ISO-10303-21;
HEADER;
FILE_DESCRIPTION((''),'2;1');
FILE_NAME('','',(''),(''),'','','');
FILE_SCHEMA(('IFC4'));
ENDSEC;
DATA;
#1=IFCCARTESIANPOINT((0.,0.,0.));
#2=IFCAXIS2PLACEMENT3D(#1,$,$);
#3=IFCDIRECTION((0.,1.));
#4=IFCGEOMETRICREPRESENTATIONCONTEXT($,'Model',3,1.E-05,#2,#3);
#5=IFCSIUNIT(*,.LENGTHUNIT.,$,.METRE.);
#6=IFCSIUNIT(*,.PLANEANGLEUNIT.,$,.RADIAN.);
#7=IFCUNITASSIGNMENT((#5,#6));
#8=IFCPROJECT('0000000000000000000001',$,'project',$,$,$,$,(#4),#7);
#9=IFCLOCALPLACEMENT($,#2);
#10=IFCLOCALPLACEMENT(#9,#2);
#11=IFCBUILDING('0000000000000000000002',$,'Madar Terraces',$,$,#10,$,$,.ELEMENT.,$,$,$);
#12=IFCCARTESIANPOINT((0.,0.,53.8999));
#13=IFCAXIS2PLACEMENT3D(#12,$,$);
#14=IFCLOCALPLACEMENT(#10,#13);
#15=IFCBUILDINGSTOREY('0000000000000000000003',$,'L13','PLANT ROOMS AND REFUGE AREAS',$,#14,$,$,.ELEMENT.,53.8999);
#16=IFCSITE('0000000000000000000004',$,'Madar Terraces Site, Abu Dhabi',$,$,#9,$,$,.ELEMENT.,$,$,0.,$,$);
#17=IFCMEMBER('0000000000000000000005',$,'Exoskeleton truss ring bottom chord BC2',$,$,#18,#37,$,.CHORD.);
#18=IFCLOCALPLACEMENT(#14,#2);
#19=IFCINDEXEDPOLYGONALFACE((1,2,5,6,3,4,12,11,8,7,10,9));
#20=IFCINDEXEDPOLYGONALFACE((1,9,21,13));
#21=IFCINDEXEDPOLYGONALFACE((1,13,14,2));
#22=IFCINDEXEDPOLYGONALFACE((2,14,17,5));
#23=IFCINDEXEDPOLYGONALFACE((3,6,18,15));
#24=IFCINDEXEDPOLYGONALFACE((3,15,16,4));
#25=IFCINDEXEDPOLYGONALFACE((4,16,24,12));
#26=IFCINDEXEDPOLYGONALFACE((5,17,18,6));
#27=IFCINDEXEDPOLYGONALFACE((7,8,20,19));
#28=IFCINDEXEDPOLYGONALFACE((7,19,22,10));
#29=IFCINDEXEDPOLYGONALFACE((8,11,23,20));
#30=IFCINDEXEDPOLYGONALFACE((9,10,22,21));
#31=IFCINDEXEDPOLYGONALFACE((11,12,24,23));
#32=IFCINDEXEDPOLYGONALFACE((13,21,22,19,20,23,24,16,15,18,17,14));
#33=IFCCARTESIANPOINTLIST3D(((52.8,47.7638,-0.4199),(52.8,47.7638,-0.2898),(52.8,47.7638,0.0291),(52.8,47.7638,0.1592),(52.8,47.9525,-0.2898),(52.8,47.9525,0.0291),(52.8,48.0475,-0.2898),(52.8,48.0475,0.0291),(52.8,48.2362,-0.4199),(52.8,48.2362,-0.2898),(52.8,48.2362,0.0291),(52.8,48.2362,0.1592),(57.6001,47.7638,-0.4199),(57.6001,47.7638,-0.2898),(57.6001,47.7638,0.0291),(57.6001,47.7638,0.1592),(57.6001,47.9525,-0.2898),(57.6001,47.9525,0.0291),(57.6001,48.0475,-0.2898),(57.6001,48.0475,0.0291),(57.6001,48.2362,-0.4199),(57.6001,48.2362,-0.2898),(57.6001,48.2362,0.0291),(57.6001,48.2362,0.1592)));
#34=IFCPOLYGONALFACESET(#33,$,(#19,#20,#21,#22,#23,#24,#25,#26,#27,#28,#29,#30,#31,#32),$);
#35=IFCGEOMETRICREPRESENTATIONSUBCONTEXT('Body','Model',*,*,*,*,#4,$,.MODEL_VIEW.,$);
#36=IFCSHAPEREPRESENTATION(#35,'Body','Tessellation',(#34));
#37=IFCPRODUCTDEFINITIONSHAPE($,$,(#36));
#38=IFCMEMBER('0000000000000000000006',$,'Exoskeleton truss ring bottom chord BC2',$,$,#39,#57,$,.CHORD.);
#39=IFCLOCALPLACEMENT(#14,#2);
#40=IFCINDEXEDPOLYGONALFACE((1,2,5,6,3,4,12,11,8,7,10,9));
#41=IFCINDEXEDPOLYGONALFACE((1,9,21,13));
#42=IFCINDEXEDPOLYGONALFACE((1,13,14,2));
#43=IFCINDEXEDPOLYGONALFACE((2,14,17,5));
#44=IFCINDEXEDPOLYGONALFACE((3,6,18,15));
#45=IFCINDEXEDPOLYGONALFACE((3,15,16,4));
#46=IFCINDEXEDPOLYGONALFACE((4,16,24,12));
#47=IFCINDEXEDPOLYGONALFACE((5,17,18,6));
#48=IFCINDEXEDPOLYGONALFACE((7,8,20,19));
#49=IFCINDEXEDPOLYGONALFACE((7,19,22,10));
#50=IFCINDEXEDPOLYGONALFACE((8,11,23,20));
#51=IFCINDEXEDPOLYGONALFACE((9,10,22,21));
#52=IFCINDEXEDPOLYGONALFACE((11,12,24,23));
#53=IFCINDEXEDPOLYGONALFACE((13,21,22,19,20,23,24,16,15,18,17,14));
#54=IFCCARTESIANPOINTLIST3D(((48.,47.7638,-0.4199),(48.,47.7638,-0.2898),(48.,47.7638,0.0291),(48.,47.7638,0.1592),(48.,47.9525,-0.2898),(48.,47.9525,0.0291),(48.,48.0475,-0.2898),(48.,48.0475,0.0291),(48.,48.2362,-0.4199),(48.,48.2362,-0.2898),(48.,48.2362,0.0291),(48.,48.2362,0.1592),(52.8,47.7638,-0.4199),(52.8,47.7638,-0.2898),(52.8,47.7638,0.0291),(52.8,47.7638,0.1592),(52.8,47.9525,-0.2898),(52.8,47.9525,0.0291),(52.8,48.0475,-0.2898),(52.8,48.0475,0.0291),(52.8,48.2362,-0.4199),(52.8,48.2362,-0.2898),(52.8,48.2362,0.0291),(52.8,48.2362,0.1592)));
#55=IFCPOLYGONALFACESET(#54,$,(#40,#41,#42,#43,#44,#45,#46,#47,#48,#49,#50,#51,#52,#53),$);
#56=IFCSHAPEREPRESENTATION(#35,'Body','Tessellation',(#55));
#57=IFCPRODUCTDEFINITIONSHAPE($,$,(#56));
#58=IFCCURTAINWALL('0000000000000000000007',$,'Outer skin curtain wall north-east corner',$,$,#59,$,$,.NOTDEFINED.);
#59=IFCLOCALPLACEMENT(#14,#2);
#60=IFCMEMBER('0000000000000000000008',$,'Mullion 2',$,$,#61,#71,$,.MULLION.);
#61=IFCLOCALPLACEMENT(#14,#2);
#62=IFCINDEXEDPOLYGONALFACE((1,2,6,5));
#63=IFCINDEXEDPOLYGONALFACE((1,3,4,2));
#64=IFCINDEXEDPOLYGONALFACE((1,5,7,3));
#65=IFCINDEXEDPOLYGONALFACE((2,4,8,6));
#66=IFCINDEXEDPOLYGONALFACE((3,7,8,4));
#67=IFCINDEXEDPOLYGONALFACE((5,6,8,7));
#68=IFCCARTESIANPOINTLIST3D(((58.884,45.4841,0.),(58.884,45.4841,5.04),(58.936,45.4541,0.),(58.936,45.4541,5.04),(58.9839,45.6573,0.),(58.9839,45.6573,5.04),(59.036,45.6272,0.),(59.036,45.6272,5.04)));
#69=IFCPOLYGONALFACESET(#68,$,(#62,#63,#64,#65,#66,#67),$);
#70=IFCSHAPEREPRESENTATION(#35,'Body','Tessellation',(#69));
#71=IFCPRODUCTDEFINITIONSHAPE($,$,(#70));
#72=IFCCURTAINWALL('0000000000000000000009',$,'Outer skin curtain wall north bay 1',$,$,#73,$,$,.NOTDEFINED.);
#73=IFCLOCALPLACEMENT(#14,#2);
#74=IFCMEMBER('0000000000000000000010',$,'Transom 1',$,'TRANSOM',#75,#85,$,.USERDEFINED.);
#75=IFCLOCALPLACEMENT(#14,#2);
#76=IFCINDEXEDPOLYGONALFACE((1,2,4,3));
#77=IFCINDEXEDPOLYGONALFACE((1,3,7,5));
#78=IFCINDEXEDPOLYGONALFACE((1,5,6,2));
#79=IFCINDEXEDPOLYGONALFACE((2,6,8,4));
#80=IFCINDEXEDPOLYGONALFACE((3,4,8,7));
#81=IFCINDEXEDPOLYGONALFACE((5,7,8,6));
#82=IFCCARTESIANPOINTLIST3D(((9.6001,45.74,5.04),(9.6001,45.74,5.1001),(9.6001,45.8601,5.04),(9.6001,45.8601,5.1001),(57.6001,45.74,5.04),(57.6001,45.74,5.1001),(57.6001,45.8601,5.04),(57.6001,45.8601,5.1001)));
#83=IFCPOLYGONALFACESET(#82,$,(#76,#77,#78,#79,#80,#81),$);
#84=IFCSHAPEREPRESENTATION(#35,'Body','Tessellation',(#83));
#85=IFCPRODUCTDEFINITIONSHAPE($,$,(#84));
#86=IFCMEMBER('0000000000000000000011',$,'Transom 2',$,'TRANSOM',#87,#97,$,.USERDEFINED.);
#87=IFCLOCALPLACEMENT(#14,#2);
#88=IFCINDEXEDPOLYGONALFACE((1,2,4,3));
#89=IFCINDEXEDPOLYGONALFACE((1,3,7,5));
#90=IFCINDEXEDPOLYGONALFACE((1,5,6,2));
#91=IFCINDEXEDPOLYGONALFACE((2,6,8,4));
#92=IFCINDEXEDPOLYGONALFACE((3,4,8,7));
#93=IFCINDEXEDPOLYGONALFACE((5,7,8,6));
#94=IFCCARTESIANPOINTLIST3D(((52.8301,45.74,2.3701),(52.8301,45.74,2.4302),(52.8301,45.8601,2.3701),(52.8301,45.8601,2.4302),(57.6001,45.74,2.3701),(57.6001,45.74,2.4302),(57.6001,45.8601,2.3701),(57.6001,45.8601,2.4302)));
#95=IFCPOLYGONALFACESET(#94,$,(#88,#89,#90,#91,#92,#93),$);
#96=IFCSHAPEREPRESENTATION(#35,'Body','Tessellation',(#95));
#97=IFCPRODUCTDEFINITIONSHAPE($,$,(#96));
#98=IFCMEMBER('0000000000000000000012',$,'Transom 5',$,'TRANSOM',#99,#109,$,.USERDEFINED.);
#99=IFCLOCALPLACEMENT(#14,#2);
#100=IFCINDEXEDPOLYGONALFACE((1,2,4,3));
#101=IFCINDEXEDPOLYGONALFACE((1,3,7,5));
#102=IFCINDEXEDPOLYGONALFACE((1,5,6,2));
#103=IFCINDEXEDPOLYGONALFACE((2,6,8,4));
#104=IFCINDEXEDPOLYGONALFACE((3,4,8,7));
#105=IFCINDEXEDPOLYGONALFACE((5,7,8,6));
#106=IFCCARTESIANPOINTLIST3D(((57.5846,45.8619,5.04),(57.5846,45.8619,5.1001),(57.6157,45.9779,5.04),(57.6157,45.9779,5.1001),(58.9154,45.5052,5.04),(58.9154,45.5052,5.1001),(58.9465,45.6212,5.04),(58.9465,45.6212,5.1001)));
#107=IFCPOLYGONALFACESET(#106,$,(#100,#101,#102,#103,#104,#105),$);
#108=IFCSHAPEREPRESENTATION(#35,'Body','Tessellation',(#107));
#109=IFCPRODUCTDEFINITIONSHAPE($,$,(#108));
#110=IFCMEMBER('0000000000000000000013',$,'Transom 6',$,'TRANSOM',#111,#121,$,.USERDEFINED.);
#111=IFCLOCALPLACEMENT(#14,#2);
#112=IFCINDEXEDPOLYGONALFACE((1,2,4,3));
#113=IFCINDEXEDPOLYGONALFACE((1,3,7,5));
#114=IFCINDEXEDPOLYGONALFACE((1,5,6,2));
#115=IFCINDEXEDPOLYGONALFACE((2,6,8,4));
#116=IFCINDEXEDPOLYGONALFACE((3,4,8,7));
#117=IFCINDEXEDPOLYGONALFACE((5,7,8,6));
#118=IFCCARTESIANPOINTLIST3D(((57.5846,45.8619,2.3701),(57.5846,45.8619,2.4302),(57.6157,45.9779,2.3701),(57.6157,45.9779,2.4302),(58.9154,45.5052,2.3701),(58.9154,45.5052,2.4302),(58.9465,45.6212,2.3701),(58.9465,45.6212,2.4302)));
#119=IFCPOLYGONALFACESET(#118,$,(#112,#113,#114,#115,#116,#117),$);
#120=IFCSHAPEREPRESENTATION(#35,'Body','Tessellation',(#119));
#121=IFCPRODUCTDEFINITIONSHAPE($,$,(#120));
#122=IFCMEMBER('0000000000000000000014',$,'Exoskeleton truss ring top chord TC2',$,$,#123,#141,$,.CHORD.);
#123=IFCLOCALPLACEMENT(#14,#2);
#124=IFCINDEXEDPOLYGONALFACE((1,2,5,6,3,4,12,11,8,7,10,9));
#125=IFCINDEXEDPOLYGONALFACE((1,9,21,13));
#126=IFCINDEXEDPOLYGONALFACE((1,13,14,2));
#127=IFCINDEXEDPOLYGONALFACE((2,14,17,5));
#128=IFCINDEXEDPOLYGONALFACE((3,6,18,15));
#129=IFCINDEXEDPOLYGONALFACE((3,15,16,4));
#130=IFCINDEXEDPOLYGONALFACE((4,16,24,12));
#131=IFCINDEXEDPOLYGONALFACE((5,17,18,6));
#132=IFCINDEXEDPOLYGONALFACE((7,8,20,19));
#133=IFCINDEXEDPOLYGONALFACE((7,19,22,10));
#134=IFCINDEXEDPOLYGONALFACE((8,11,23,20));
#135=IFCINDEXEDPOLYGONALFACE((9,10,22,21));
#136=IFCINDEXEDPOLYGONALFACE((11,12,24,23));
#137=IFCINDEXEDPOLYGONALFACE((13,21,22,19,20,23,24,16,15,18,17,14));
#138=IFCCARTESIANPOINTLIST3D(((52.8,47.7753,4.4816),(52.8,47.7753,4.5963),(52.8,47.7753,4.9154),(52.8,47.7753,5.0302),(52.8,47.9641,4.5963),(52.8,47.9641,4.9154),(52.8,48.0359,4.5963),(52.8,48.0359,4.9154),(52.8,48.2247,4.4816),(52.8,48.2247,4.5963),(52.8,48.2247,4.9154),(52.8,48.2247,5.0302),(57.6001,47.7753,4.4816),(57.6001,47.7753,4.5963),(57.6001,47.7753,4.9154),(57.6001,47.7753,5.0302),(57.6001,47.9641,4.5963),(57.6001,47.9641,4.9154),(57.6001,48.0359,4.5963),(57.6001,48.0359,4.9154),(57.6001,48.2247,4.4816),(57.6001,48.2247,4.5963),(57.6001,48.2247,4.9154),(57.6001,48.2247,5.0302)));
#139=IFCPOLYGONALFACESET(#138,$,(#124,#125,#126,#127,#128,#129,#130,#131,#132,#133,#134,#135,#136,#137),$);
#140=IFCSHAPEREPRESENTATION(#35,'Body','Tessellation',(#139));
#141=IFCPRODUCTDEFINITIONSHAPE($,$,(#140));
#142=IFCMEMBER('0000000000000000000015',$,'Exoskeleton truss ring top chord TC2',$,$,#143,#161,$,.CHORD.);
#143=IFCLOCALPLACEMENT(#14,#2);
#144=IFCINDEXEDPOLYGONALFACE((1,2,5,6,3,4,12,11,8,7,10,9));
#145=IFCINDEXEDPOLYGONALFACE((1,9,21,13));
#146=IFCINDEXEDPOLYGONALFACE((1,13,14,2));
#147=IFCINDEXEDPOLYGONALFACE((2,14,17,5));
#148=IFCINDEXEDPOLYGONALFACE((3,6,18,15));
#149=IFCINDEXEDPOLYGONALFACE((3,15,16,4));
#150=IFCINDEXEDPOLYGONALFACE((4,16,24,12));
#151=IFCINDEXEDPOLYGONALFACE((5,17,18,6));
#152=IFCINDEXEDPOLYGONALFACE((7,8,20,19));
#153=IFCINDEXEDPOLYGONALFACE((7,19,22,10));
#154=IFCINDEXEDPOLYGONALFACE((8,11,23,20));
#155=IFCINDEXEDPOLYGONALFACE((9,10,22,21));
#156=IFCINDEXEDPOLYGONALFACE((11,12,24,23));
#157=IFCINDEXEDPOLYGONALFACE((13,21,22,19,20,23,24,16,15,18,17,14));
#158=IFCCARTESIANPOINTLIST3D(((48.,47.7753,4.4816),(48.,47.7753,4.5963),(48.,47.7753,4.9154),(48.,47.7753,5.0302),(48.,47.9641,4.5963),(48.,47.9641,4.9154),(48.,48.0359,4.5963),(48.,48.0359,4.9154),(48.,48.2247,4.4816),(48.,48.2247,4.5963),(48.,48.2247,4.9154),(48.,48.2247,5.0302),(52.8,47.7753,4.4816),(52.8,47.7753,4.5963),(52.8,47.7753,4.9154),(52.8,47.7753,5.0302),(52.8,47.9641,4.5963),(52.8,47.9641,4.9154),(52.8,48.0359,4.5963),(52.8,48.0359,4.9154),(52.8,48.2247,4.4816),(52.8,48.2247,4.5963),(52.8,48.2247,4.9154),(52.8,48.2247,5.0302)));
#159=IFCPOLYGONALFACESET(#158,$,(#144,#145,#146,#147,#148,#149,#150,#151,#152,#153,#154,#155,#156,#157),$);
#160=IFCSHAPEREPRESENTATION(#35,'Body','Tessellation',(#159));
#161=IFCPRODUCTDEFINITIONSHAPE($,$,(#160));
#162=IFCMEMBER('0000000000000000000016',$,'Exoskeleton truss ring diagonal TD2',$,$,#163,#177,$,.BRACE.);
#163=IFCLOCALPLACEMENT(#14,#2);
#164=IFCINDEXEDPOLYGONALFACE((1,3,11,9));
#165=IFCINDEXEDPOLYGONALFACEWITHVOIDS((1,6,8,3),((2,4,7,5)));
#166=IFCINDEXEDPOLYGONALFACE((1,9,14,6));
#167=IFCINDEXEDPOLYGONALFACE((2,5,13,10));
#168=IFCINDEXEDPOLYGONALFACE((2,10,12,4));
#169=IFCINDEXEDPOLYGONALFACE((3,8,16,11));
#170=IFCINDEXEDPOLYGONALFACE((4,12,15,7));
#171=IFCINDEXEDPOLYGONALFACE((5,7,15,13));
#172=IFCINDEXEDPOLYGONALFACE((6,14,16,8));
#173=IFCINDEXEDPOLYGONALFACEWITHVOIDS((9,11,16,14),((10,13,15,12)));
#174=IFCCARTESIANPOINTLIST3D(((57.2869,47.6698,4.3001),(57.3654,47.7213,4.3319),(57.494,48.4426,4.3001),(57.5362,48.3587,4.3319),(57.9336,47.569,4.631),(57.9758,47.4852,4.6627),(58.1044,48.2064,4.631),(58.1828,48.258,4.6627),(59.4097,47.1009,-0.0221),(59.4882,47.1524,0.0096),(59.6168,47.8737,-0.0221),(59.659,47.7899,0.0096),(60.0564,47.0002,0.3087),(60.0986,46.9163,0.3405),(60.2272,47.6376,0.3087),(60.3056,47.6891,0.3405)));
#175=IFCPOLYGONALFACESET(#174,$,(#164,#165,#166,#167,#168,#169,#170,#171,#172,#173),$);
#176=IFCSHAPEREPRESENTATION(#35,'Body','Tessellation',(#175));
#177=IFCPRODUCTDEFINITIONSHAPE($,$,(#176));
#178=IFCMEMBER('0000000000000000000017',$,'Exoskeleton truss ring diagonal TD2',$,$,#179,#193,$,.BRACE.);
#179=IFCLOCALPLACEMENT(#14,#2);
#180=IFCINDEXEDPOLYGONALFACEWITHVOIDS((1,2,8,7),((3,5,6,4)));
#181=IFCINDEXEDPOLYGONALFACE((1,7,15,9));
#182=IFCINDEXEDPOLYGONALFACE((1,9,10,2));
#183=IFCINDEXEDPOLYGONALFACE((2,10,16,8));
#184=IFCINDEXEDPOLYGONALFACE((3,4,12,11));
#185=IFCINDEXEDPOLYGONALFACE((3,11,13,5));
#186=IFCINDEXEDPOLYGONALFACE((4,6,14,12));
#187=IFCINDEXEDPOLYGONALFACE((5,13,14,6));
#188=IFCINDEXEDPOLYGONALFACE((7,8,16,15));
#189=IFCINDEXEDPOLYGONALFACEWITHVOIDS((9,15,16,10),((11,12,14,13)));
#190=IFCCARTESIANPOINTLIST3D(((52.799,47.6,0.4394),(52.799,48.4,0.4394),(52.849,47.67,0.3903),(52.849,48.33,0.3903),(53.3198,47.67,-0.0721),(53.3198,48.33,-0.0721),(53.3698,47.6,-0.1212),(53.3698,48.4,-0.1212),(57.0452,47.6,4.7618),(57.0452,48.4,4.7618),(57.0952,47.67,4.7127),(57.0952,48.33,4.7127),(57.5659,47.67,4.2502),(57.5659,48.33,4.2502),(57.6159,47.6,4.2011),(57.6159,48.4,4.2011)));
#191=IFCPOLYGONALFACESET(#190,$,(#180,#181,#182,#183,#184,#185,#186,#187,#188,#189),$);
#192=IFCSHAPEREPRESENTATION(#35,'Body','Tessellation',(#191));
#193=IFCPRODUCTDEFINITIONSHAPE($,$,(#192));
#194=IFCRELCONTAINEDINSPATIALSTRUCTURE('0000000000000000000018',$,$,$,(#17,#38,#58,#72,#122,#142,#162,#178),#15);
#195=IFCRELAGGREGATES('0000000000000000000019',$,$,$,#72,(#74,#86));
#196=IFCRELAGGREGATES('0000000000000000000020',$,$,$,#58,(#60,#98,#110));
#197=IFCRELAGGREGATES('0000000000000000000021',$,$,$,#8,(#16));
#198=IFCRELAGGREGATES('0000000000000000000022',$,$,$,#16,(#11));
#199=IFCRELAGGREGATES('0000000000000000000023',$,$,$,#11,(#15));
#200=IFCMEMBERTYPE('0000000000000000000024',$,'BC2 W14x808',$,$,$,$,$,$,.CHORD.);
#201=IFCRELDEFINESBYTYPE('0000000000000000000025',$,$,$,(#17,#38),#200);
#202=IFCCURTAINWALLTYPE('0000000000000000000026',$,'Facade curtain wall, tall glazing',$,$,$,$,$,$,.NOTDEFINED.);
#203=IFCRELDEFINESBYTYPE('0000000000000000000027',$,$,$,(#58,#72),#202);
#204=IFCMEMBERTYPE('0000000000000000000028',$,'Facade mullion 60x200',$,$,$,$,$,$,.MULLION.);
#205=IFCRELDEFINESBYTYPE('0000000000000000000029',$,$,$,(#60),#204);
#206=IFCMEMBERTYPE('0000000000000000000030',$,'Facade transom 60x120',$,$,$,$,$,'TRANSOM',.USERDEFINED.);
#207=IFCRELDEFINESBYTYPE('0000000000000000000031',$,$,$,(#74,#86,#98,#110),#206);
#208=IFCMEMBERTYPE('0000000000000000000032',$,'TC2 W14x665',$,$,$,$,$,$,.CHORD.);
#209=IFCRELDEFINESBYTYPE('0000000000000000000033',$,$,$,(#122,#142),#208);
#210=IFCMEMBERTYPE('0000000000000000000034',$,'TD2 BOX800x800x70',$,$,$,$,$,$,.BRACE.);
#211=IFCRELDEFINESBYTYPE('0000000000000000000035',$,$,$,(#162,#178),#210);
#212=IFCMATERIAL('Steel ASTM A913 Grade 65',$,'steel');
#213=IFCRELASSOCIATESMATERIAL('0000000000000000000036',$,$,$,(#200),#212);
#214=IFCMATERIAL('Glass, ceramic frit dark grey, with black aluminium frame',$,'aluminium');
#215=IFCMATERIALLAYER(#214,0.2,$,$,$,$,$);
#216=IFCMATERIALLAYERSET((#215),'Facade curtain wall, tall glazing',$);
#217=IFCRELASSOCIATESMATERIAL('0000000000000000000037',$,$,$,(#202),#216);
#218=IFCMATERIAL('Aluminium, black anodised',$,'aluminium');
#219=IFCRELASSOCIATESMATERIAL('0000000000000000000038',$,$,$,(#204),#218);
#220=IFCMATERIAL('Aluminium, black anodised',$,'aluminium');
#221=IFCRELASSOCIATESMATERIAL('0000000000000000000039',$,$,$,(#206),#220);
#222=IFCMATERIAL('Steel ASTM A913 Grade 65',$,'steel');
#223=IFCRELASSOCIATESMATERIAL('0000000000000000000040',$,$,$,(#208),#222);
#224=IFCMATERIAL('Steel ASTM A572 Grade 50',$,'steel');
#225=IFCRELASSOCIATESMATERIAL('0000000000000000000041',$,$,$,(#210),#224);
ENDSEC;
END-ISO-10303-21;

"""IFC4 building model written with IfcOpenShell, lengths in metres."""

from ifc_helpers import new_model, si_unit, direction, frame, origin, origin_2d, place, context, subcontext, project, spatial, rectangle, hollow_rectangle, i_section, extrude, material, layer, layer_set, material_profile, profile_set, type_object, element, aggregate, save


model = new_model("IFC4")

# Units and contexts
model_context = context("Model", 3, precision=1e-05, world=origin(), true_north=direction((0.0, 1.0)))
body_context = subcontext(model_context, "Body", "Model", "MODEL_VIEW")
ifc_project = project(units=[si_unit("LENGTHUNIT", "METRE"), si_unit("PLANEANGLEUNIT", "RADIAN")], contexts=[model_context])

# Site, building, storey
site_placement = place(None, origin())
site = spatial("IfcSite", under=ifc_project, at=site_placement, Name="Madar Terraces Site, Abu Dhabi", CompositionType="ELEMENT", RefElevation=0.0)
building_placement = place(site_placement, origin())
building = spatial("IfcBuilding", under=site, at=building_placement, Name="Madar Terraces", CompositionType="ELEMENT")
storey_placement = place(building_placement, frame((0.0, 0.0, 53.8999)))
storey = spatial("IfcBuildingStorey", under=building, at=storey_placement, Name="L13", Description="PLANT ROOMS AND REFUGE AREAS", CompositionType="ELEMENT", Elevation=53.8999)

# Members
ifc_material_1 = material(Name="Steel ASTM A913 Grade 65", Category="steel")
ifc_material_profile_1 = material_profile(ifc_material_1, i_section(OverallWidth=0.4724, OverallDepth=0.5791, WebThickness=0.095, FlangeThickness=0.1301, at=origin_2d()), Name="W14x808")
ifc_profile_set_1 = profile_set([ifc_material_profile_1], Name="Steel ASTM A913 Grade 65")
member_type_1 = type_object("IfcMemberType", Name="BC2 W14x808", PredefinedType="CHORD", material=ifc_profile_set_1)
for number, where, z_axis, x_axis, name in (
    (1, (57.6001, 48.0, -0.1304), (-1.0, 0.0, 0.0), (0.0, -1.0, 0.0), "Exoskeleton truss ring bottom chord BC2"),
    (2, (52.8, 48.0, -0.1304), (-1.0, 0.0, 0.0), (0.0, -1.0, 0.0), "Exoskeleton truss ring bottom chord BC2"),
):
    element("IfcMember", number, at=place(storey_placement, frame(where, z_axis=z_axis, x_axis=x_axis)), inside=storey, type_object=member_type_1, Name=name, PredefinedType="CHORD", context=body_context, shape_type="SweptSolid", body=[
        extrude(i_section(OverallWidth=0.4724, OverallDepth=0.5791, WebThickness=0.095, FlangeThickness=0.1301, at=origin_2d()), origin(), (0.0, 0.0, 1.0), 4.8),
    ])

# Curtain wall, member
ifc_material_2 = material(Name="Glass, ceramic frit dark grey, with black aluminium frame", Category="aluminium")
ifc_layer_1 = layer(ifc_material_2, 0.2)
ifc_layer_set_1 = layer_set([ifc_layer_1], Name="Facade curtain wall, tall glazing")
curtain_wall_type = type_object("IfcCurtainWallType", Name="Facade curtain wall, tall glazing", PredefinedType="NOTDEFINED", material=ifc_layer_set_1)
curtain_wall_1_placement = place(storey_placement, origin())
curtain_wall_1 = element("IfcCurtainWall", 3, at=curtain_wall_1_placement, inside=storey, type_object=curtain_wall_type, Name="Outer skin curtain wall north-east corner", PredefinedType="NOTDEFINED")
ifc_material_3 = material(Name="Aluminium, black anodised", Category="aluminium")
ifc_material_profile_2 = material_profile(ifc_material_3, rectangle(XDim=0.2, YDim=0.0601, at=origin_2d()), Name="Facade mullion 60x200")
ifc_profile_set_2 = profile_set([ifc_material_profile_2], Name="Aluminium, black anodised")
member_type_2 = type_object("IfcMemberType", Name="Facade mullion 60x200", PredefinedType="MULLION", material=ifc_profile_set_2)
member_1_placement = place(storey_placement, frame((58.96, 45.5557, 0.0), z_axis=(0.0, 0.0, 1.0), x_axis=(-0.5, -0.866025, 0.0)))
member_1 = element("IfcMember", 4, at=member_1_placement, type_object=member_type_2, Name="Mullion 2", PredefinedType="MULLION", context=body_context, shape_type="SweptSolid", body=[
    extrude(rectangle(XDim=0.2, YDim=0.0601, at=origin_2d()), origin(), (0.0, 0.0, 1.0), 5.04),
])

# Curtain wall, members
curtain_wall_2_placement = place(storey_placement, origin())
curtain_wall_2 = element("IfcCurtainWall", 5, at=curtain_wall_2_placement, inside=storey, type_object=curtain_wall_type, Name="Outer skin curtain wall north bay 1", PredefinedType="NOTDEFINED")
ifc_material_4 = material(Name="Aluminium, black anodised", Category="aluminium")
ifc_material_profile_3 = material_profile(ifc_material_4, rectangle(XDim=0.1201, YDim=0.0601, at=origin_2d()), Name="Facade transom 60x120")
ifc_profile_set_3 = profile_set([ifc_material_profile_3], Name="Aluminium, black anodised")
member_type_3 = type_object("IfcMemberType", Name="Facade transom 60x120", ElementType="TRANSOM", PredefinedType="USERDEFINED", material=ifc_profile_set_3)
member_2_placement = place(storey_placement, frame((57.6001, 45.8, 5.0701), z_axis=(-1.0, 0.0, 0.0), x_axis=(0.0, -1.0, 0.0)))
member_2 = element("IfcMember", 6, at=member_2_placement, type_object=member_type_3, Name="Transom 1", ObjectType="TRANSOM", PredefinedType="USERDEFINED", context=body_context, shape_type="SweptSolid", body=[
    extrude(rectangle(XDim=0.1201, YDim=0.0601, at=origin_2d()), origin(), (0.0, 0.0, 1.0), 48.0),
])
member_3_placement = place(storey_placement, frame((57.6001, 45.8, 2.4001), z_axis=(-1.0, 0.0, 0.0), x_axis=(0.0, -1.0, 0.0)))
member_3 = element("IfcMember", 7, at=member_3_placement, type_object=member_type_3, Name="Transom 2", ObjectType="TRANSOM", PredefinedType="USERDEFINED", context=body_context, shape_type="SweptSolid", body=[
    extrude(rectangle(XDim=0.1201, YDim=0.0601, at=origin_2d()), origin(), (0.0, 0.0, 1.0), 4.77),
])

# Members
member_4_placement = place(storey_placement, frame((58.9309, 45.5632, 5.0701), z_axis=(-0.965908, 0.258887, 0.0), x_axis=(-0.258887, -0.965908, 0.0)))
member_4 = element("IfcMember", 8, at=member_4_placement, type_object=member_type_3, Name="Transom 5", ObjectType="TRANSOM", PredefinedType="USERDEFINED", context=body_context, shape_type="SweptSolid", body=[
    extrude(rectangle(XDim=0.1201, YDim=0.0601, at=origin_2d()), origin(), (0.0, 0.0, 1.0), 1.3777),
])
member_5_placement = place(storey_placement, frame((58.9309, 45.5632, 2.4001), z_axis=(-0.965908, 0.258887, 0.0), x_axis=(-0.258887, -0.965908, 0.0)))
member_5 = element("IfcMember", 9, at=member_5_placement, type_object=member_type_3, Name="Transom 6", ObjectType="TRANSOM", PredefinedType="USERDEFINED", context=body_context, shape_type="SweptSolid", body=[
    extrude(rectangle(XDim=0.1201, YDim=0.0601, at=origin_2d()), origin(), (0.0, 0.0, 1.0), 1.3777),
])

# Members
ifc_material_5 = material(Name="Steel ASTM A913 Grade 65", Category="steel")
ifc_material_profile_4 = material_profile(ifc_material_5, i_section(OverallWidth=0.4495, OverallDepth=0.5486, WebThickness=0.0718, FlangeThickness=0.1147, at=origin_2d()), Name="W14x665")
ifc_profile_set_4 = profile_set([ifc_material_profile_4], Name="Steel ASTM A913 Grade 65")
member_type_4 = type_object("IfcMemberType", Name="TC2 W14x665", PredefinedType="CHORD", material=ifc_profile_set_4)
for number, where, z_axis, x_axis, name in (
    (10, (57.6001, 48.0, 4.7559), (-1.0, 0.0, 0.0), (0.0, -1.0, 0.0), "Exoskeleton truss ring top chord TC2"),
    (11, (52.8, 48.0, 4.7559), (-1.0, 0.0, 0.0), (0.0, -1.0, 0.0), "Exoskeleton truss ring top chord TC2"),
):
    element("IfcMember", number, at=place(storey_placement, frame(where, z_axis=z_axis, x_axis=x_axis)), inside=storey, type_object=member_type_4, Name=name, PredefinedType="CHORD", context=body_context, shape_type="SweptSolid", body=[
        extrude(i_section(OverallWidth=0.4495, OverallDepth=0.5486, WebThickness=0.0718, FlangeThickness=0.1147, at=origin_2d()), origin(), (0.0, 0.0, 1.0), 4.8),
    ])
ifc_material_6 = material(Name="Steel ASTM A572 Grade 50", Category="steel")
ifc_material_profile_5 = material_profile(ifc_material_6, hollow_rectangle(XDim=0.8, YDim=0.8, WallThickness=0.0701, at=origin_2d()), Name="BOX800x800x70")
ifc_profile_set_5 = profile_set([ifc_material_profile_5], Name="Steel ASTM A572 Grade 50")
member_type_5 = type_object("IfcMemberType", Name="TD2 BOX800x800x70", PredefinedType="BRACE", material=ifc_profile_set_5)
member_6_placement = place(storey_placement, frame((59.8577, 47.395, 0.1592), z_axis=(-0.43779, 0.117315, 0.89139), x_axis=(-0.258838, -0.965921, 0.0)))
element("IfcMember", 12, at=member_6_placement, inside=storey, type_object=member_type_5, Name="Exoskeleton truss ring diagonal TD2", PredefinedType="BRACE", context=body_context, shape_type="SweptSolid", body=[
    extrude(hollow_rectangle(XDim=0.8, YDim=0.8, WallThickness=0.0701, at=origin_2d()), origin(), (0.0, 0.0, 1.0), 4.8489),
])
member_7_placement = place(storey_placement, frame((57.3306, 48.0, 4.4814), z_axis=(-0.700793, 0.0, -0.713365), x_axis=(0.0, -1.0, 0.0)))
element("IfcMember", 13, at=member_7_placement, inside=storey, type_object=member_type_5, Name="Exoskeleton truss ring diagonal TD2", PredefinedType="BRACE", context=body_context, shape_type="SweptSolid", body=[
    extrude(hollow_rectangle(XDim=0.8, YDim=0.8, WallThickness=0.0701, at=origin_2d()), origin(), (0.0, 0.0, 1.0), 6.0591),
])

aggregate(curtain_wall_2, [member_2, member_3])
aggregate(curtain_wall_1, [member_1, member_4, member_5])

save(model, "model.ifc")
